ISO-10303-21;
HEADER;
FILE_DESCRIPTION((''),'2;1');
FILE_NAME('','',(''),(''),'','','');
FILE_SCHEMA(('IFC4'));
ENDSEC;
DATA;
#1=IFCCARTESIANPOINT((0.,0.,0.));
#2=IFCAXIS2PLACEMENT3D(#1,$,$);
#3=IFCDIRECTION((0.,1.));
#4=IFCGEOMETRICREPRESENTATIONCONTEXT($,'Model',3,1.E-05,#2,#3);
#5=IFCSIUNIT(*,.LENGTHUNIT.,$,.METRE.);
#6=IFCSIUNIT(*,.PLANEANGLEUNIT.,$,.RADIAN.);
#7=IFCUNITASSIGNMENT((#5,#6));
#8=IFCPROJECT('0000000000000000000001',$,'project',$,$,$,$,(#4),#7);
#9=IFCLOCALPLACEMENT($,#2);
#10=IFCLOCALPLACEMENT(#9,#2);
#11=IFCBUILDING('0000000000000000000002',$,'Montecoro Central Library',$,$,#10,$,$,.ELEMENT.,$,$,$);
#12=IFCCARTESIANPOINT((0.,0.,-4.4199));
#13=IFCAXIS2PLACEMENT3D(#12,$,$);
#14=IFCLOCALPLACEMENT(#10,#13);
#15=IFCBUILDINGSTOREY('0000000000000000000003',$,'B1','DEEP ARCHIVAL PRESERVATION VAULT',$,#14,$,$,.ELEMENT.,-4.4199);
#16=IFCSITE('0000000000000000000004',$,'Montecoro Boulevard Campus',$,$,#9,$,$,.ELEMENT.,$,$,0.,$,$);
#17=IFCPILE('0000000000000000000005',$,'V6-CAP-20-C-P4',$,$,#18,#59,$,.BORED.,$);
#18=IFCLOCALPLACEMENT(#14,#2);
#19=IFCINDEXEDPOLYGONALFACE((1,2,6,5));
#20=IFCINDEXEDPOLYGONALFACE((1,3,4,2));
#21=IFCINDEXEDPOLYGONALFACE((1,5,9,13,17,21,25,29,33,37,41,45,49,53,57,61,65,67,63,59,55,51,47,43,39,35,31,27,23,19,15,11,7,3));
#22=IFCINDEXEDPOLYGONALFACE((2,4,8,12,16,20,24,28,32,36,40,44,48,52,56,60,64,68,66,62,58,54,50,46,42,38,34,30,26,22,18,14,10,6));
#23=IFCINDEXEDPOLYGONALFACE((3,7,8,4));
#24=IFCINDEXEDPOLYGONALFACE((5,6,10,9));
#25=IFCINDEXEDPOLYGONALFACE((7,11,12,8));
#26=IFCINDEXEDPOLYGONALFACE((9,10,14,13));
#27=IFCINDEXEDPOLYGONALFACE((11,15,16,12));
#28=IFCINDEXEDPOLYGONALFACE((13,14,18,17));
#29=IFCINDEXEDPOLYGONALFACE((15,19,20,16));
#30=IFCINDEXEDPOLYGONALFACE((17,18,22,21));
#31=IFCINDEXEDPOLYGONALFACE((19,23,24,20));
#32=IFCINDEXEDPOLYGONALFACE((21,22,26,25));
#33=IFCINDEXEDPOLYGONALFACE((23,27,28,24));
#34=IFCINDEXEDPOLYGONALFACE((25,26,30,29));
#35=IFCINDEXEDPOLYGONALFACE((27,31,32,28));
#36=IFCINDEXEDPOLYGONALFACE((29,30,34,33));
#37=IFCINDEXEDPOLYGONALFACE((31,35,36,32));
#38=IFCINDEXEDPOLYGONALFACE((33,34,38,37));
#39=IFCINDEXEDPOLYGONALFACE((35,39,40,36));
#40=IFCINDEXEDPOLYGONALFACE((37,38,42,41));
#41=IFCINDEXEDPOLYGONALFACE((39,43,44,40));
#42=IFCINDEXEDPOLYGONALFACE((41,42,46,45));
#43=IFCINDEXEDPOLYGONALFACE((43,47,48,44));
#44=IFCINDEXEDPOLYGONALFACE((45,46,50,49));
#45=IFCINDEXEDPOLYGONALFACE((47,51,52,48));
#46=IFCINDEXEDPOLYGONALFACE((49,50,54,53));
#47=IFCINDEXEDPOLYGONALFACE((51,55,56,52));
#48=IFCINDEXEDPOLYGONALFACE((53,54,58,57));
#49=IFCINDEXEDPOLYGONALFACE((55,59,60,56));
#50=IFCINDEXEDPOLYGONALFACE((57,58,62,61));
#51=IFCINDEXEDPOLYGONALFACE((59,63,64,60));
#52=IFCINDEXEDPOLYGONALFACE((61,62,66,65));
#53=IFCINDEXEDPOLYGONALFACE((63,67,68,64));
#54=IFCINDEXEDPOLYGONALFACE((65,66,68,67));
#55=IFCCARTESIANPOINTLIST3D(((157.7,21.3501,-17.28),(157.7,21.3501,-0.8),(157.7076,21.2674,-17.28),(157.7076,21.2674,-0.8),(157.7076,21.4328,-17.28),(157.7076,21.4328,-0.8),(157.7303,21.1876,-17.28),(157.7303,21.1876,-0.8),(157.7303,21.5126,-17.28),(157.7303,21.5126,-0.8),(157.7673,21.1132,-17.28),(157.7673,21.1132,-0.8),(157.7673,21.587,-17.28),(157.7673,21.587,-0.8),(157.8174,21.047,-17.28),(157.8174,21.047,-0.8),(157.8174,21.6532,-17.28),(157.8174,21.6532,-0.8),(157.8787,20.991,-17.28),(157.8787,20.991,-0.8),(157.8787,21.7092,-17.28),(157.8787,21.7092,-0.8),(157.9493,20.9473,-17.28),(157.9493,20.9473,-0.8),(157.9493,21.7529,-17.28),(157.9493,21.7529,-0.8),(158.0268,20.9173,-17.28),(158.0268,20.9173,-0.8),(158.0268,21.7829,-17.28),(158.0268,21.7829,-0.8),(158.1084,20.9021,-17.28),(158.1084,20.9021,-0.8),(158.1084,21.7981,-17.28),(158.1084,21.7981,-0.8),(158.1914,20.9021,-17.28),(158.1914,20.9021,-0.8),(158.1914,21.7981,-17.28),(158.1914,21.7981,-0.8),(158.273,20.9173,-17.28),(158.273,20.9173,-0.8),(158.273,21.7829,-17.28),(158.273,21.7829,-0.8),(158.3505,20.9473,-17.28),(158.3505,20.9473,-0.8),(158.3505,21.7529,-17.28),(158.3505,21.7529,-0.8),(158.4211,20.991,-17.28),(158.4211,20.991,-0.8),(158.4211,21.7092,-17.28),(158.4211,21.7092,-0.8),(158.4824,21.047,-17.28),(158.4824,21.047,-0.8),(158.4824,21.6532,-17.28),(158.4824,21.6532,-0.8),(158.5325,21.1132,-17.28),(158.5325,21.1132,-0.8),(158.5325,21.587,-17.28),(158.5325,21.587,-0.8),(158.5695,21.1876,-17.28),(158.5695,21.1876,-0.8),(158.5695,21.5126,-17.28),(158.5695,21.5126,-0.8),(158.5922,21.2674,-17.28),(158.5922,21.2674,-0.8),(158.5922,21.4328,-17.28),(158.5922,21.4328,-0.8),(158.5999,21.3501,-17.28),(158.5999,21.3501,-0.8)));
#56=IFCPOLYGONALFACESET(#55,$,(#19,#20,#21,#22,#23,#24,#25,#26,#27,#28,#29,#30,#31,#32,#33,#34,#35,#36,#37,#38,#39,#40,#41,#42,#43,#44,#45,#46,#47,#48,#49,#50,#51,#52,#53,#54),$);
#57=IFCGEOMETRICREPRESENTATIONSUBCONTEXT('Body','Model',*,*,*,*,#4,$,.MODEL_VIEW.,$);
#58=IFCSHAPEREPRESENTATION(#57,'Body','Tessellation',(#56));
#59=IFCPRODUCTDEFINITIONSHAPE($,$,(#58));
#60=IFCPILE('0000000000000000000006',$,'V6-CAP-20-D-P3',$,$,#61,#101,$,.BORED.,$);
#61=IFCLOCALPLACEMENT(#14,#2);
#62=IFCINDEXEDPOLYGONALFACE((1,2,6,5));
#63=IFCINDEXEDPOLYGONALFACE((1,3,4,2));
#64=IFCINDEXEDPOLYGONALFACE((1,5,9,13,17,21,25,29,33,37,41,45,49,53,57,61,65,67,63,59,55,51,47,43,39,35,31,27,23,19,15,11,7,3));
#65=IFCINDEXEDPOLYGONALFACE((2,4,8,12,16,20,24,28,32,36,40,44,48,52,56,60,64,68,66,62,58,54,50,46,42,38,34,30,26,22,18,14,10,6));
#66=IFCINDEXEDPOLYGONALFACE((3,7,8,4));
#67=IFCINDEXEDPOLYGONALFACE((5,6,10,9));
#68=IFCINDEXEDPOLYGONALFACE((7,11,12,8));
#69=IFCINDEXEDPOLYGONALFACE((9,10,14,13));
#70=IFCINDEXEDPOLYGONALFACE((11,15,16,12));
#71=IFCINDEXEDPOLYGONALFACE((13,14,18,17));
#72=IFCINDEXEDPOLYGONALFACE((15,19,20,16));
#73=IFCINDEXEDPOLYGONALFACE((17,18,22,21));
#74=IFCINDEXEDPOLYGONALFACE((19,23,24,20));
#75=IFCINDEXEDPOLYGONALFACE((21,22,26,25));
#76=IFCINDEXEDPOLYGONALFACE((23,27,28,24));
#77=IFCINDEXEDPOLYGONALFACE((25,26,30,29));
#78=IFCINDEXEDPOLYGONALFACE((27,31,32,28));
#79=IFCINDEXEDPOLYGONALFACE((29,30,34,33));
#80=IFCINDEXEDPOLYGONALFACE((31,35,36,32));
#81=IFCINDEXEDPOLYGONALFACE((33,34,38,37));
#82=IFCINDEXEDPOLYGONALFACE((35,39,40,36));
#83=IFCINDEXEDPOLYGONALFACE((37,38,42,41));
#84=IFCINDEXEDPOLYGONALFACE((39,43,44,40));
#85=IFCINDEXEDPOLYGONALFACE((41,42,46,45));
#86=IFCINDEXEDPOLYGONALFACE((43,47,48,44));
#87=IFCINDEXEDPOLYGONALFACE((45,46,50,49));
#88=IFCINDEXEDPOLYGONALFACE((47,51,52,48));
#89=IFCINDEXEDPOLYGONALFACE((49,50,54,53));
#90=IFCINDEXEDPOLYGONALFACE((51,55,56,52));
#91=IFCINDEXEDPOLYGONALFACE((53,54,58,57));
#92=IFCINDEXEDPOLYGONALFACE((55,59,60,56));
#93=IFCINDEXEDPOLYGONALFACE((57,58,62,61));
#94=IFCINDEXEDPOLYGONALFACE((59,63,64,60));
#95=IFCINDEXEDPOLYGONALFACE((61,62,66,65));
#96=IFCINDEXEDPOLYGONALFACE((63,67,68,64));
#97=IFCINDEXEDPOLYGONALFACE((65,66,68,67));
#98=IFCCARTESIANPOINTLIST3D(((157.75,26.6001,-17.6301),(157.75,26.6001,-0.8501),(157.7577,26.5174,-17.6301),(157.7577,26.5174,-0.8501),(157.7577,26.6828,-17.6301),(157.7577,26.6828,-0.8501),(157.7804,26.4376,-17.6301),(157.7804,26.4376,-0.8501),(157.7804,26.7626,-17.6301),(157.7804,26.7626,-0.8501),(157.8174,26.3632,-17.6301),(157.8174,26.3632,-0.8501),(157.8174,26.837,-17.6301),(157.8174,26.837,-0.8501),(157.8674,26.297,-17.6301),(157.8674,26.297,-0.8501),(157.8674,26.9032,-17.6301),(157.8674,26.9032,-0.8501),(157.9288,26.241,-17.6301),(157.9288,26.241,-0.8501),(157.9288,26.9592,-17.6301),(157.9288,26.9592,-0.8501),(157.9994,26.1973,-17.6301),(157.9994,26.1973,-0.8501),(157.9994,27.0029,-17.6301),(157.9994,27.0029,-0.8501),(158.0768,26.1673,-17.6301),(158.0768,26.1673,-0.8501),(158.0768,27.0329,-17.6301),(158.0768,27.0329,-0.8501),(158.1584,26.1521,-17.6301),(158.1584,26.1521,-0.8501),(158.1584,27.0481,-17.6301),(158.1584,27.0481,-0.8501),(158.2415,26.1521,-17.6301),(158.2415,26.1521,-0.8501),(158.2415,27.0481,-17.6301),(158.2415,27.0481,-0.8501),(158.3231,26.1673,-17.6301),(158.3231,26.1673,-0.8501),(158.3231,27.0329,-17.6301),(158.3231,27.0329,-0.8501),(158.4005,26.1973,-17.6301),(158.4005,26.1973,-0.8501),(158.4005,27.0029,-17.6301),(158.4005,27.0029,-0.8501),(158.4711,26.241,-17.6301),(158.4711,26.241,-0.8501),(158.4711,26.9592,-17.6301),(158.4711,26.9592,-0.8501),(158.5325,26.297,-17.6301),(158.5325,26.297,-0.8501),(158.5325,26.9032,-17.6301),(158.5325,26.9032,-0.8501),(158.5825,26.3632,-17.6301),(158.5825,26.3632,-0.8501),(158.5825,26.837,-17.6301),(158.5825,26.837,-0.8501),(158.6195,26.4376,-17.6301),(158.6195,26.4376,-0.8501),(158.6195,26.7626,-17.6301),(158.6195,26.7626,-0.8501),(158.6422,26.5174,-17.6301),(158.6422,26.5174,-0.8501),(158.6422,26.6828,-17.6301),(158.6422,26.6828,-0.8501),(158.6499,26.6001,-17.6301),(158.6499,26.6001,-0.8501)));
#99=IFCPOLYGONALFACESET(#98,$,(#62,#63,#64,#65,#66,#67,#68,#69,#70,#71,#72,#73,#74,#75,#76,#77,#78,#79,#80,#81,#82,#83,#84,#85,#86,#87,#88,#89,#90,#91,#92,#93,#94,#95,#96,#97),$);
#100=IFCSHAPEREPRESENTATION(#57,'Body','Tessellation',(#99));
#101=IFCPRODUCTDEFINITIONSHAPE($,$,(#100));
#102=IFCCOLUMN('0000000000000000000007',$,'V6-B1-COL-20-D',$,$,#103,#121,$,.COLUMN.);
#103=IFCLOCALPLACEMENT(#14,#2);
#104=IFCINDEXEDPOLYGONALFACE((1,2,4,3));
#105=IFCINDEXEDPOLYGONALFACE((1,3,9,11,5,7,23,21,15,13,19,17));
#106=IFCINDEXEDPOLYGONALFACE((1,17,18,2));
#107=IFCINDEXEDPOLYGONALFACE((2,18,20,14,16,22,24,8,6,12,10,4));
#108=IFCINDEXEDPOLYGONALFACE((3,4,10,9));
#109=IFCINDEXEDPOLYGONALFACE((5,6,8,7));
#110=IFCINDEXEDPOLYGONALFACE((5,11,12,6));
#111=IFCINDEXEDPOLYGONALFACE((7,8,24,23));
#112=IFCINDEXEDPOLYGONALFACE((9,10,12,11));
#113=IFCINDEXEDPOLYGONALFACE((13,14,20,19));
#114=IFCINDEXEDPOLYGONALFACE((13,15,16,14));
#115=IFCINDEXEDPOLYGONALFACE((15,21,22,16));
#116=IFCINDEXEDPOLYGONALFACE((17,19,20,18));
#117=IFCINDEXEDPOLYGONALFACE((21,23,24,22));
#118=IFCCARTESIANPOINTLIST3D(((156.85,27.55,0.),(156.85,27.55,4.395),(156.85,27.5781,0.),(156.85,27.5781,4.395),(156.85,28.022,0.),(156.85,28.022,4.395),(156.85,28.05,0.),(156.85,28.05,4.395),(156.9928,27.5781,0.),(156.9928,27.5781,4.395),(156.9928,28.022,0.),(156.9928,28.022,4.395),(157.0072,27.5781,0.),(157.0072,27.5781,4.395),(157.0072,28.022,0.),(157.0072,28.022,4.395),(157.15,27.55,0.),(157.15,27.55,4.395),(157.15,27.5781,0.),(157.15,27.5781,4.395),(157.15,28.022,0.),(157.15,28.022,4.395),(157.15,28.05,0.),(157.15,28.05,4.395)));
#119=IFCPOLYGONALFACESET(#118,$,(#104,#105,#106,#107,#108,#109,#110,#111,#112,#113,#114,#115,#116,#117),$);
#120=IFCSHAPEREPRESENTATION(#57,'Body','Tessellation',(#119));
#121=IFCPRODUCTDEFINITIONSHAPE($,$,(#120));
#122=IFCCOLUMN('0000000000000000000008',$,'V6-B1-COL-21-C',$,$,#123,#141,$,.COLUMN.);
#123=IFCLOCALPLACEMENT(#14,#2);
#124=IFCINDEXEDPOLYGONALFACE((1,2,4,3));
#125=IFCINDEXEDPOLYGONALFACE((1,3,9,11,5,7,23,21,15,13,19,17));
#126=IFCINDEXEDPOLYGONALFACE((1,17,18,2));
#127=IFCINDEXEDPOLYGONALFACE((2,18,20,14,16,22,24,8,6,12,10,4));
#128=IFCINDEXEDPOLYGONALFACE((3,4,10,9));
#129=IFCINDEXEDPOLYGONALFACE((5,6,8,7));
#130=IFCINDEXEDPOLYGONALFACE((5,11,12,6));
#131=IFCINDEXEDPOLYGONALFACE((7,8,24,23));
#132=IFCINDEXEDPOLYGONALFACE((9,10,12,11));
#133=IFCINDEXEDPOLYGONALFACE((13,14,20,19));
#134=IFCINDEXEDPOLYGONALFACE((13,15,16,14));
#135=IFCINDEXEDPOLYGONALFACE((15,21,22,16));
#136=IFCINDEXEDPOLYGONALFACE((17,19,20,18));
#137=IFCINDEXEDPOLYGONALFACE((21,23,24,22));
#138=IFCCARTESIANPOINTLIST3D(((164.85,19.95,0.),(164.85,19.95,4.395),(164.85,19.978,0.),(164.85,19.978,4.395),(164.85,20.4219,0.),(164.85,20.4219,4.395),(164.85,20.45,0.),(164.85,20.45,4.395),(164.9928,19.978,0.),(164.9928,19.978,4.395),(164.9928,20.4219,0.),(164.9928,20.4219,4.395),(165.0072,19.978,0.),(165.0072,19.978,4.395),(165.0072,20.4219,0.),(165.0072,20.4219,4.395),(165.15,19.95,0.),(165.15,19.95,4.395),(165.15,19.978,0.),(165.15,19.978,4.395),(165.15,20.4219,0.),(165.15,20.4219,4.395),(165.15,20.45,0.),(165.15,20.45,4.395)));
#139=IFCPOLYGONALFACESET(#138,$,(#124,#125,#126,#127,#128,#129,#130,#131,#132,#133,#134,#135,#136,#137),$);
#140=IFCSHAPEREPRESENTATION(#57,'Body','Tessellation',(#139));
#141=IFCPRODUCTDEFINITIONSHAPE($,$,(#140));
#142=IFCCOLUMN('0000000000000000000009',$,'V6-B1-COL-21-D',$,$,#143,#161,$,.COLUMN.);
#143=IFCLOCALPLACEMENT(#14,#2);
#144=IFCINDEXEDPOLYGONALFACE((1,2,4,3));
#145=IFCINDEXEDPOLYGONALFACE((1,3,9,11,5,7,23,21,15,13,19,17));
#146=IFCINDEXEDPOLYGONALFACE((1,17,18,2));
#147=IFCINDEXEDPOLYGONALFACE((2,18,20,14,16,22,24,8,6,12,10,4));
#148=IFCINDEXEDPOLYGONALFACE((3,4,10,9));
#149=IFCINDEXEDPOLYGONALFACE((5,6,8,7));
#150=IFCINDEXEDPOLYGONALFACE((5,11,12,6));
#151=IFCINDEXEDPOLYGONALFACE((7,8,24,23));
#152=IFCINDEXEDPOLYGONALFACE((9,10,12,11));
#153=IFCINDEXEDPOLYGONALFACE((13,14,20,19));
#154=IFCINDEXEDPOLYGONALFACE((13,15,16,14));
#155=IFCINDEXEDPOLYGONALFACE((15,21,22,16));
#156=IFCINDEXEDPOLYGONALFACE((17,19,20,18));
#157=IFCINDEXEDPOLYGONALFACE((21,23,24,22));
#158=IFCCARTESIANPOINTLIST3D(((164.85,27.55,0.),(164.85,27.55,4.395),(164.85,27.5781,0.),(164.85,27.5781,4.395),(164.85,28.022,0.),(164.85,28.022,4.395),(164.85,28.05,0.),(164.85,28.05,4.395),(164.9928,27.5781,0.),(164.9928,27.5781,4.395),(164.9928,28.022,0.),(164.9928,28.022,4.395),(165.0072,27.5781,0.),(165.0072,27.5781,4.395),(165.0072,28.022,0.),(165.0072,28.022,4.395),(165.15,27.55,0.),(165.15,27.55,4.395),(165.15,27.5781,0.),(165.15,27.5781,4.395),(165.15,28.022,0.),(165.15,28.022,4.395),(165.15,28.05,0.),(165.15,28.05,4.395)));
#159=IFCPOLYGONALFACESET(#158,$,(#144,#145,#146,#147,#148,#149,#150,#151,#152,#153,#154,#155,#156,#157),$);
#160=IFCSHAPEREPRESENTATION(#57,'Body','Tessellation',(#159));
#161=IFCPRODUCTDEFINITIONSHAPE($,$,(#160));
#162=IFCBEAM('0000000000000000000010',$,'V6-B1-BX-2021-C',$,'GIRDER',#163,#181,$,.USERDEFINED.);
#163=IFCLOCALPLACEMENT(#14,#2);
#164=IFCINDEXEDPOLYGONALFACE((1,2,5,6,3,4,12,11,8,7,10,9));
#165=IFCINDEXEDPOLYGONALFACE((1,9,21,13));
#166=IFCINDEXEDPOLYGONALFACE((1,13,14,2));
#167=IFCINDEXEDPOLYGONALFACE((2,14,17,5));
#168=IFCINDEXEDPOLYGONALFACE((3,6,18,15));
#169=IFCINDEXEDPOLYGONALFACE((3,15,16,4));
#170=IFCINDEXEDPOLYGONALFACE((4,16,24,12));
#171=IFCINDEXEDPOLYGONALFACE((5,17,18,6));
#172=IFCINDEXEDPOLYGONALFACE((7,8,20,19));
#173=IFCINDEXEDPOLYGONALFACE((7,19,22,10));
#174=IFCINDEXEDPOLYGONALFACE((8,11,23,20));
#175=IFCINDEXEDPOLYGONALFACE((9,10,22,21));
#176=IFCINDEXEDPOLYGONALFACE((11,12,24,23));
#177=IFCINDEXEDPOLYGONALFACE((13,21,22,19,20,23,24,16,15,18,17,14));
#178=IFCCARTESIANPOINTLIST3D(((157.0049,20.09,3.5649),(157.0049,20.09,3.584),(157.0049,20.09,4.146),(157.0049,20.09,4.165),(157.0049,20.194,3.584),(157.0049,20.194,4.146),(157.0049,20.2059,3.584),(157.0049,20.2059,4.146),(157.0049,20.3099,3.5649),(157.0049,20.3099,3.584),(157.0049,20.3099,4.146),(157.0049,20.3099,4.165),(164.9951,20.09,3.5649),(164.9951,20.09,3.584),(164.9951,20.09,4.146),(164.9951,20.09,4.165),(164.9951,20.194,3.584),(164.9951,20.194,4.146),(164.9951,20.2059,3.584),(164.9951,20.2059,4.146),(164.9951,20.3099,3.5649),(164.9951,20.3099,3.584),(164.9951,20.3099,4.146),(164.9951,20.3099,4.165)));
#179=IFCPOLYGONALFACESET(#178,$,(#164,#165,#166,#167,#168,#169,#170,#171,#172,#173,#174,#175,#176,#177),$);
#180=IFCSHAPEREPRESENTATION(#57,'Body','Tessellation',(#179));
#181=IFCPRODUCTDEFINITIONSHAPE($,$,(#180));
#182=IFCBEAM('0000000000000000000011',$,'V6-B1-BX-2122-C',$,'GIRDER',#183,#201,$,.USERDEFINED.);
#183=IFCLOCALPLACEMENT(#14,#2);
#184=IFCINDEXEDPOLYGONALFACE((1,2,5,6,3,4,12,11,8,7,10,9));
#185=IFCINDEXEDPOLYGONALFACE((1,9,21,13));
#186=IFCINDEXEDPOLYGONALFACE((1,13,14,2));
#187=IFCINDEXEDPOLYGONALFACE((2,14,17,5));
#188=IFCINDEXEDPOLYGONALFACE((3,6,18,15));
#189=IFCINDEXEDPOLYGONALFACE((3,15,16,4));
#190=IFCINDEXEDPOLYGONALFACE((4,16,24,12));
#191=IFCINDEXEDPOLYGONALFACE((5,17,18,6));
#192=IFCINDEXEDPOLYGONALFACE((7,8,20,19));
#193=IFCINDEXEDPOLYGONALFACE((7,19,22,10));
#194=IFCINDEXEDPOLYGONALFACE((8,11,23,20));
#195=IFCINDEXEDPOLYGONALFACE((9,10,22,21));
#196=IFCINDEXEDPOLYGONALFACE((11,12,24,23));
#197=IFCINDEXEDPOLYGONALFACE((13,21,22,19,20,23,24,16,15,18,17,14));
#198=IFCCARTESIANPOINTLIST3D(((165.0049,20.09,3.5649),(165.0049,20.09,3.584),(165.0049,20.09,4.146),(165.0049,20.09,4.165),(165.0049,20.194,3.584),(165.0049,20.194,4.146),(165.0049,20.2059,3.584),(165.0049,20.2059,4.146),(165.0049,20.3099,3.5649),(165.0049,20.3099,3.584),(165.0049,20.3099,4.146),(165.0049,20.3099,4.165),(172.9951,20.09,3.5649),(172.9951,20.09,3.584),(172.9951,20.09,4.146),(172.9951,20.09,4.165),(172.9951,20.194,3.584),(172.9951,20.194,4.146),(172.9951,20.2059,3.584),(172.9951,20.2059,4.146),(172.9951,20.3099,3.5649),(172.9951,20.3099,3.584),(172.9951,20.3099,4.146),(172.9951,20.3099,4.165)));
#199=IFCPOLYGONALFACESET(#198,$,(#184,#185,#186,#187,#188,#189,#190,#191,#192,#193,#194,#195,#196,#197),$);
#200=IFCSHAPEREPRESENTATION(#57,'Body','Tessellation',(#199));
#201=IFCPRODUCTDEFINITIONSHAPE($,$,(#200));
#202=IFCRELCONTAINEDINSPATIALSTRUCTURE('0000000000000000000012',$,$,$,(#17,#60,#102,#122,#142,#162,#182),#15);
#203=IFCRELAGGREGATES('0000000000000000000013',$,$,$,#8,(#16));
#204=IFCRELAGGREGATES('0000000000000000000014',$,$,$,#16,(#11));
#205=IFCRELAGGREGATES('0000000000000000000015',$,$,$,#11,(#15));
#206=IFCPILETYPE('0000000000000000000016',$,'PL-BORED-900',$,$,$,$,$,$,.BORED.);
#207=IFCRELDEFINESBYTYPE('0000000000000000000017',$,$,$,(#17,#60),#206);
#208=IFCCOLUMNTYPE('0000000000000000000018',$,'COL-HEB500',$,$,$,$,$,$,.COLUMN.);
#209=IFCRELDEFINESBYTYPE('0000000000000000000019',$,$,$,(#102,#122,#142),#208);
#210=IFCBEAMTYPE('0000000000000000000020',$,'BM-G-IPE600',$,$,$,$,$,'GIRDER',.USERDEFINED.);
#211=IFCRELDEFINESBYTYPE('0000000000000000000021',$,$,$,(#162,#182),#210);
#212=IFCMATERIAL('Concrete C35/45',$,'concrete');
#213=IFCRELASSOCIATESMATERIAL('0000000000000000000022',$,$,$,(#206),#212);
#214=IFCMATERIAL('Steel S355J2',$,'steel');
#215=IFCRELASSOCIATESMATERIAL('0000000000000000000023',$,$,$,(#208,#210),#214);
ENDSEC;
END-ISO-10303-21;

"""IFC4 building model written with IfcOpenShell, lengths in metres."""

from ifc_helpers import new_model, si_unit, direction, frame, origin, origin_2d, place, context, subcontext, project, spatial, circle, i_section, extrude, material, material_profile, profile_set, type_object, element, save


model = new_model("IFC4")

# Units and contexts
model_context = context("Model", 3, precision=1e-05, world=origin(), true_north=direction((0.0, 1.0)))
body_context = subcontext(model_context, "Body", "Model", "MODEL_VIEW")
ifc_project = project(units=[si_unit("LENGTHUNIT", "METRE"), si_unit("PLANEANGLEUNIT", "RADIAN")], contexts=[model_context])

# Site, building, storey
site_placement = place(None, origin())
site = spatial("IfcSite", under=ifc_project, at=site_placement, Name="Montecoro Boulevard Campus", CompositionType="ELEMENT", RefElevation=0.0)
building_placement = place(site_placement, origin())
building = spatial("IfcBuilding", under=site, at=building_placement, Name="Montecoro Central Library", CompositionType="ELEMENT")
storey_placement = place(building_placement, frame((0.0, 0.0, -4.4199)))
storey = spatial("IfcBuildingStorey", under=building, at=storey_placement, Name="B1", Description="DEEP ARCHIVAL PRESERVATION VAULT", CompositionType="ELEMENT", Elevation=-4.4199)

# Shared definitions
ifc_material_1 = material(Name="Concrete C35/45", Category="concrete")

# Piles
ifc_material_profile_1 = material_profile(ifc_material_1, circle(Radius=0.45, at=origin_2d()), Name="PILE D900")
ifc_profile_set_1 = profile_set([ifc_material_profile_1], Name="Concrete C35/45")
pile_type_1 = type_object("IfcPileType", Name="PL-BORED-900", PredefinedType="BORED", material=ifc_profile_set_1)
for number, where, z_axis, x_axis, name in (
    (1, (158.1499, 21.3501, -0.8), (0.0, 0.0, -1.0), (1.0, 0.0, 0.0), "V6-CAP-20-C-P4"),
):
    element("IfcPile", number, at=place(storey_placement, frame(where, z_axis=z_axis, x_axis=x_axis)), inside=storey, type_object=pile_type_1, Name=name, PredefinedType="BORED", context=body_context, shape_type="SweptSolid", body=[
        extrude(circle(Radius=0.45, at=origin_2d()), origin(), (0.0, 0.0, 1.0), 16.48),
    ])
pile_1_placement = place(storey_placement, frame((158.2, 26.6001, -0.8501), z_axis=(0.0, 0.0, -1.0), x_axis=(1.0, 0.0, 0.0)))
element("IfcPile", 2, at=pile_1_placement, inside=storey, type_object=pile_type_1, Name="V6-CAP-20-D-P3", PredefinedType="BORED", context=body_context, shape_type="SweptSolid", body=[
    extrude(circle(Radius=0.45, at=origin_2d()), origin(), (0.0, 0.0, 1.0), 16.78),
])

# Columns
ifc_material_2 = material(Name="Steel S355J2", Category="steel")
ifc_material_profile_2 = material_profile(ifc_material_2, i_section(OverallWidth=0.3, OverallDepth=0.5, WebThickness=0.0144, FlangeThickness=0.0281, at=origin_2d()), Name="HEB 500")
ifc_profile_set_2 = profile_set([ifc_material_profile_2], Name="Steel S355J2")
column_type = type_object("IfcColumnType", Name="COL-HEB500", PredefinedType="COLUMN", material=ifc_profile_set_2)
for number, where, z_axis, x_axis, name in (
    (3, (157.0, 27.8, 0.0), (0.0, 0.0, 1.0), (1.0, 0.0, 0.0), "V6-B1-COL-20-D"),
    (4, (165.0, 20.2, 0.0), (0.0, 0.0, 1.0), (1.0, 0.0, 0.0), "V6-B1-COL-21-C"),
    (5, (165.0, 27.8, 0.0), (0.0, 0.0, 1.0), (1.0, 0.0, 0.0), "V6-B1-COL-21-D"),
):
    element("IfcColumn", number, at=place(storey_placement, frame(where, z_axis=z_axis, x_axis=x_axis)), inside=storey, type_object=column_type, Name=name, PredefinedType="COLUMN", context=body_context, shape_type="SweptSolid", body=[
        extrude(i_section(OverallWidth=0.3, OverallDepth=0.5, WebThickness=0.0144, FlangeThickness=0.0281, at=origin_2d()), origin(), (0.0, 0.0, 1.0), 4.395),
    ])

# Beams
ifc_material_profile_3 = material_profile(ifc_material_2, i_section(OverallWidth=0.22, OverallDepth=0.6001, WebThickness=0.012, FlangeThickness=0.019, at=origin_2d()), Name="IPE 600")
ifc_profile_set_3 = profile_set([ifc_material_profile_3], Name="Steel S355J2")
beam_type_1 = type_object("IfcBeamType", Name="BM-G-IPE600", ElementType="GIRDER", PredefinedType="USERDEFINED", material=ifc_profile_set_3)
for number, where, z_axis, x_axis, name in (
    (6, (157.0049, 20.2, 3.865), (1.0, 0.0, 0.0), (0.0, 1.0, 0.0), "V6-B1-BX-2021-C"),
    (7, (165.0049, 20.2, 3.865), (1.0, 0.0, 0.0), (0.0, 1.0, 0.0), "V6-B1-BX-2122-C"),
):
    element("IfcBeam", number, at=place(storey_placement, frame(where, z_axis=z_axis, x_axis=x_axis)), inside=storey, type_object=beam_type_1, Name=name, ObjectType="GIRDER", PredefinedType="USERDEFINED", context=body_context, shape_type="SweptSolid", body=[
        extrude(i_section(OverallWidth=0.22, OverallDepth=0.6001, WebThickness=0.012, FlangeThickness=0.019, at=origin_2d()), origin(), (0.0, 0.0, 1.0), 7.9902),
    ])

save(model, "model.ifc")
